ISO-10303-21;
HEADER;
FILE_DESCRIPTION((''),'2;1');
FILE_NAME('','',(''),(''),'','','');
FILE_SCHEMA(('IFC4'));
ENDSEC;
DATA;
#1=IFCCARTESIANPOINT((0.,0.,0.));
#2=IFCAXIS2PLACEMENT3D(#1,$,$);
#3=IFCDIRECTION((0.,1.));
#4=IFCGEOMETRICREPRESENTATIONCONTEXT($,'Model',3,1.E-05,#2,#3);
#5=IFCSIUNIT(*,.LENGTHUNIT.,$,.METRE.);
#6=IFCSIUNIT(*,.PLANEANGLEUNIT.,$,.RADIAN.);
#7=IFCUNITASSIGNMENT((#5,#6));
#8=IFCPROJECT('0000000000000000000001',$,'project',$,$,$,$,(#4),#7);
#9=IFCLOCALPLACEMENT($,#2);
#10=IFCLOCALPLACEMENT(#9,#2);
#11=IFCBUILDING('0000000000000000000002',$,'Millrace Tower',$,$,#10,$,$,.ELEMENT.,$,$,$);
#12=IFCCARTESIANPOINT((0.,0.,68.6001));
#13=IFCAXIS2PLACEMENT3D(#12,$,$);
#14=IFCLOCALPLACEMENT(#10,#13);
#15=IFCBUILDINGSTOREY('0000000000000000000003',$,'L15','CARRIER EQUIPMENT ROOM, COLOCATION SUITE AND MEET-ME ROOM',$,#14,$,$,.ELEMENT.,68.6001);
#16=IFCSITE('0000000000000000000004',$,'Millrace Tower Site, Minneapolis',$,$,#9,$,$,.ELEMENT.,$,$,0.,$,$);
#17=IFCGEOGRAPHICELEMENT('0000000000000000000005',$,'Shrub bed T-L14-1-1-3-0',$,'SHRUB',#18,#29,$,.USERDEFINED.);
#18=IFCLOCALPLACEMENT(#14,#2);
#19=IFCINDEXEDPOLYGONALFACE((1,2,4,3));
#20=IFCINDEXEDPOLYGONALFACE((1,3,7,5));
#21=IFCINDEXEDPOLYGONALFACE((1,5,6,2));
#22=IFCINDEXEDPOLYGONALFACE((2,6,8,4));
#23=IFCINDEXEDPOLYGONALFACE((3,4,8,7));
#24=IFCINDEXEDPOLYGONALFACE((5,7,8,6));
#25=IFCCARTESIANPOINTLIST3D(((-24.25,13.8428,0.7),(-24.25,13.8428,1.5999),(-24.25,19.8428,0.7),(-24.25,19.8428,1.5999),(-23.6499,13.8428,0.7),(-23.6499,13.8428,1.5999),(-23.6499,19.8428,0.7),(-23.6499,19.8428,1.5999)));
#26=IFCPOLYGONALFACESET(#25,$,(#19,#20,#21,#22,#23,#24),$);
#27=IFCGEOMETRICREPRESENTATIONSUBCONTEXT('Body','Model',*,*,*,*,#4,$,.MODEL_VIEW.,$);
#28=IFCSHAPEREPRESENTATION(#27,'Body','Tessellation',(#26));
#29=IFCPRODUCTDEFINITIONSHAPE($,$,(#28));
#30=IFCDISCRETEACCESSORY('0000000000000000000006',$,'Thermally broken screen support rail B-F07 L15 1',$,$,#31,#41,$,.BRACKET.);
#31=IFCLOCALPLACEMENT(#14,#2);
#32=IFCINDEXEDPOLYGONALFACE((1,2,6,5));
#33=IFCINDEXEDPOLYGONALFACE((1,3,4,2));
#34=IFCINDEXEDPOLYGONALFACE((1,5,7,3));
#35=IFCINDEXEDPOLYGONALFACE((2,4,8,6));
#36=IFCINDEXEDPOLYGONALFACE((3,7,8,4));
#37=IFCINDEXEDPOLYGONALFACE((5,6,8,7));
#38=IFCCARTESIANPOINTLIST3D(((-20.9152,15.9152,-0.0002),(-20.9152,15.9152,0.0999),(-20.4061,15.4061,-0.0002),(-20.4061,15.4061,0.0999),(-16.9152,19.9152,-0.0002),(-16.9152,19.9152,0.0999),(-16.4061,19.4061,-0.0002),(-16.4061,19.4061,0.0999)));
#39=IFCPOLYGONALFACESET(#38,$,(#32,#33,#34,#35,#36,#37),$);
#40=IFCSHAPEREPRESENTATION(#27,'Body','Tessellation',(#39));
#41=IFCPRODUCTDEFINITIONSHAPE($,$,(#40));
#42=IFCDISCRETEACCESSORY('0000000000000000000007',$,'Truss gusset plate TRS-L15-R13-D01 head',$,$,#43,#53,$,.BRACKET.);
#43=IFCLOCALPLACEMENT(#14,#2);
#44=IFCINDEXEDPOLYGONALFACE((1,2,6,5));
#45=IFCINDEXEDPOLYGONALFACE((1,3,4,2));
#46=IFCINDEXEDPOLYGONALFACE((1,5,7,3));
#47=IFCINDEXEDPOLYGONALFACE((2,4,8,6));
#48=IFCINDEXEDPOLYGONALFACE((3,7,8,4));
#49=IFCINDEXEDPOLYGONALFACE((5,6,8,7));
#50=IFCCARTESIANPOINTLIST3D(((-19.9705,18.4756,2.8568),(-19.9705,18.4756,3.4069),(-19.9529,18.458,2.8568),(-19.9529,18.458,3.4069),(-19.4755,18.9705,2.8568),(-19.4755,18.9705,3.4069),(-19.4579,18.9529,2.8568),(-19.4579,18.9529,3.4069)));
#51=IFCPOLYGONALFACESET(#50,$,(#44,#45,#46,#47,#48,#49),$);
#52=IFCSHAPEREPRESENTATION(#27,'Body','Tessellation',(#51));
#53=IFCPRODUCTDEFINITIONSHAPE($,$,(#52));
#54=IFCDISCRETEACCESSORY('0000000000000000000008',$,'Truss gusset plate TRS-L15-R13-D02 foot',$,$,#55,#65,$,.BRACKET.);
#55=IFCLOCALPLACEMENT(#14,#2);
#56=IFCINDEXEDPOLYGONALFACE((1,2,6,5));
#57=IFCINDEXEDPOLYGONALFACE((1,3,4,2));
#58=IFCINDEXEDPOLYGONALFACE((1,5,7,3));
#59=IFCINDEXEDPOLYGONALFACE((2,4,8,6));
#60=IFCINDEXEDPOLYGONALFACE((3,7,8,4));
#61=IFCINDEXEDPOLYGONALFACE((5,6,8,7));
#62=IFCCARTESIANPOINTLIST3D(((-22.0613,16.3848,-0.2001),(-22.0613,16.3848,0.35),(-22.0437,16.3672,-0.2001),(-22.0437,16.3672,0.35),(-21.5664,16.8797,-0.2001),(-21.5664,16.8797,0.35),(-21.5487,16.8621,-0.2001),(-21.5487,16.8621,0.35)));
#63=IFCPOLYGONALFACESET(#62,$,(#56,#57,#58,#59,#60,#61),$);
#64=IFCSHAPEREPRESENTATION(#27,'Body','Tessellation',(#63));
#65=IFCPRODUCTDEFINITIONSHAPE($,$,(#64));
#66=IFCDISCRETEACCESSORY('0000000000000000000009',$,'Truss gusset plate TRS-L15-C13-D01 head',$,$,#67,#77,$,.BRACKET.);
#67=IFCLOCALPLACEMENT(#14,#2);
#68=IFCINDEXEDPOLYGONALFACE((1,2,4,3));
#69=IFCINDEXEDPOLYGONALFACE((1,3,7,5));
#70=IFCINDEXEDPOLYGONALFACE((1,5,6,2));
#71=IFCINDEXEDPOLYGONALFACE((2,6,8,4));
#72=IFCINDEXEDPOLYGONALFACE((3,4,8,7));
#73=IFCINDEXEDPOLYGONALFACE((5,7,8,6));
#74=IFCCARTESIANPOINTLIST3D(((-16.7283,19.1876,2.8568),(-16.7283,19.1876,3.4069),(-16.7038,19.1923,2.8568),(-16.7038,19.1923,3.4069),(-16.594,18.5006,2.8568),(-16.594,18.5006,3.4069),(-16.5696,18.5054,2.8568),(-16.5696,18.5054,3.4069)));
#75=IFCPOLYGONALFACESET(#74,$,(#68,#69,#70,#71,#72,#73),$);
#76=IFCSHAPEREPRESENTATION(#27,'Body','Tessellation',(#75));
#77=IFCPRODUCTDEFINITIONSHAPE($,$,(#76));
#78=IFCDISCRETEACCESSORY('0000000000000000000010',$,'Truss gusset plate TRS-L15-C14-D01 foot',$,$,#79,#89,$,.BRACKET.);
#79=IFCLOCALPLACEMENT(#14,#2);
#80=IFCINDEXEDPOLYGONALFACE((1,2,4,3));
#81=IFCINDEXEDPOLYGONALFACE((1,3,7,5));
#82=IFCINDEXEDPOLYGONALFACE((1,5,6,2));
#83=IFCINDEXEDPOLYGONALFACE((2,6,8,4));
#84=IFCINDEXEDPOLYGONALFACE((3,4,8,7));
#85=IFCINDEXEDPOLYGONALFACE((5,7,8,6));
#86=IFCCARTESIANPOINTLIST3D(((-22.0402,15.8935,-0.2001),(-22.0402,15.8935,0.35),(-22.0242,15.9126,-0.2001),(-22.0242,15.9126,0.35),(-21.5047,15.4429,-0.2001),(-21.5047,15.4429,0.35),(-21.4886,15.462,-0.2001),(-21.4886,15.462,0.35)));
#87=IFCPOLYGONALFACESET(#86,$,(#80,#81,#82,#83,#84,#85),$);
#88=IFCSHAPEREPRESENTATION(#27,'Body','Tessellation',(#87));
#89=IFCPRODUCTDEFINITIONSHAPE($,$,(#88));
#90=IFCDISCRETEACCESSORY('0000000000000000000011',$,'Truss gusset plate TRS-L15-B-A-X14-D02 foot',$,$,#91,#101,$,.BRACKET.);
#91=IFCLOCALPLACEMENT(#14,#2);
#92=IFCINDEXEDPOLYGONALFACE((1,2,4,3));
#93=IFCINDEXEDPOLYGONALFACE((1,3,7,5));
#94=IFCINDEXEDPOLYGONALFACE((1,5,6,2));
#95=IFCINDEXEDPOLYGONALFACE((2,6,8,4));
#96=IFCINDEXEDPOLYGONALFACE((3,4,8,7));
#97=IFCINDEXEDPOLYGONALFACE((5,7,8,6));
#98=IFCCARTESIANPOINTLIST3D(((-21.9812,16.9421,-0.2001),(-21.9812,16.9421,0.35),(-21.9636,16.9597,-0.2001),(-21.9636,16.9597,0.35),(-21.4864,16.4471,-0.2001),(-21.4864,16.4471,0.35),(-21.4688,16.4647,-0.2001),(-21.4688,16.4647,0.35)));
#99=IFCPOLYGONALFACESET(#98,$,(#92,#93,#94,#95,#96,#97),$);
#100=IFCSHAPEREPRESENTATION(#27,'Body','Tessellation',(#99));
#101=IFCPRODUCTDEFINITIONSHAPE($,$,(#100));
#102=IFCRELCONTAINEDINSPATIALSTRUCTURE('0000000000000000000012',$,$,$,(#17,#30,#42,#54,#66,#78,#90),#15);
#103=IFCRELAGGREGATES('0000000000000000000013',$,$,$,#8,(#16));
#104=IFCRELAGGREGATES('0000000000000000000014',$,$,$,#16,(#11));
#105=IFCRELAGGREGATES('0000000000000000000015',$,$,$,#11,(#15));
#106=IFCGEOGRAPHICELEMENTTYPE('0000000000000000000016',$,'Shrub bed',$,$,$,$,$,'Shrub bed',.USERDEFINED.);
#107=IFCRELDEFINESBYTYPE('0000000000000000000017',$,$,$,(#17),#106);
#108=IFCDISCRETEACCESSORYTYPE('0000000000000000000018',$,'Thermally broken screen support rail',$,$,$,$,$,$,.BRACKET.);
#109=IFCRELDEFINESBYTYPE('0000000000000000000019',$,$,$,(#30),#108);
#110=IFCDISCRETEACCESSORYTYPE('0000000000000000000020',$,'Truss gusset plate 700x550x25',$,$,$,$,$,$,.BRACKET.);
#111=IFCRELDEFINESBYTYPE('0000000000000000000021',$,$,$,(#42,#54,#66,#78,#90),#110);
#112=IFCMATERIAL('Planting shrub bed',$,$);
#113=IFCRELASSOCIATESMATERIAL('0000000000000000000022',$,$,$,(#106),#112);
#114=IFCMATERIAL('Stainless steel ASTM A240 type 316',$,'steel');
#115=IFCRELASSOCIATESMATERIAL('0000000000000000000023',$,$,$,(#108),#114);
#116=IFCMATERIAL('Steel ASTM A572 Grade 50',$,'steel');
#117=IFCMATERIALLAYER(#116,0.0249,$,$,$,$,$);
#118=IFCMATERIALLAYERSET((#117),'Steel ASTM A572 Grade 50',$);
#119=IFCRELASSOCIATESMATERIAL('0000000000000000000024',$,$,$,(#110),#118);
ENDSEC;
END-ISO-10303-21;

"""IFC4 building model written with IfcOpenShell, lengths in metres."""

from ifc_helpers import new_model, si_unit, direction, frame, origin, origin_2d, place, context, subcontext, project, spatial, rectangle, extrude, material, layer, layer_set, type_object, element, save


model = new_model("IFC4")

# Units and contexts
model_context = context("Model", 3, precision=1e-05, world=origin(), true_north=direction((0.0, 1.0)))
body_context = subcontext(model_context, "Body", "Model", "MODEL_VIEW")
ifc_project = project(units=[si_unit("LENGTHUNIT", "METRE"), si_unit("PLANEANGLEUNIT", "RADIAN")], contexts=[model_context])

# Site, building, storey
site_placement = place(None, origin())
site = spatial("IfcSite", under=ifc_project, at=site_placement, Name="Millrace Tower Site, Minneapolis", CompositionType="ELEMENT", RefElevation=0.0)
building_placement = place(site_placement, origin())
building = spatial("IfcBuilding", under=site, at=building_placement, Name="Millrace Tower", CompositionType="ELEMENT")
storey_placement = place(building_placement, frame((0.0, 0.0, 68.6001)))
storey = spatial("IfcBuildingStorey", under=building, at=storey_placement, Name="L15", Description="CARRIER EQUIPMENT ROOM, COLOCATION SUITE AND MEET-ME ROOM", CompositionType="ELEMENT", Elevation=68.6001)

# Geographic element
ifc_material_1 = material(Name="Planting shrub bed")
geographic_element_type = type_object("IfcGeographicElementType", Name="Shrub bed", ElementType="Shrub bed", PredefinedType="USERDEFINED", material=ifc_material_1)
geographic_element_placement = place(storey_placement, frame((-23.95, 16.8428, 0.7), z_axis=(0.0, 0.0, 1.0), x_axis=(0.0, -1.0, 0.0)))
element("IfcGeographicElement", 1, at=geographic_element_placement, inside=storey, type_object=geographic_element_type, Name="Shrub bed T-L14-1-1-3-0", ObjectType="SHRUB", PredefinedType="USERDEFINED", context=body_context, shape_type="SweptSolid", body=[
    extrude(rectangle(XDim=6.0, YDim=0.6001, at=origin_2d()), origin(), (0.0, 0.0, 1.0), 0.8999),
])

# Discrete accessories
ifc_material_2 = material(Name="Stainless steel ASTM A240 type 316", Category="steel")
discrete_accessory_type_1 = type_object("IfcDiscreteAccessoryType", Name="Thermally broken screen support rail", PredefinedType="BRACKET", material=ifc_material_2)
discrete_accessory_placement = place(storey_placement, frame((-18.6606, 17.6606, -0.0002), z_axis=(0.0, 0.0, 1.0), x_axis=(-0.707107, -0.707107, 0.0)))
element("IfcDiscreteAccessory", 2, at=discrete_accessory_placement, inside=storey, type_object=discrete_accessory_type_1, Name="Thermally broken screen support rail B-F07 L15 1", PredefinedType="BRACKET", context=body_context, shape_type="SweptSolid", body=[
    extrude(rectangle(XDim=5.6567, YDim=0.72, at=origin_2d()), origin(), (0.0, 0.0, 1.0), 0.1001),
])
ifc_material_3 = material(Name="Steel ASTM A572 Grade 50", Category="steel")
ifc_layer_1 = layer(ifc_material_3, 0.0249)
ifc_layer_set_1 = layer_set([ifc_layer_1], Name="Steel ASTM A572 Grade 50")
discrete_accessory_type_2 = type_object("IfcDiscreteAccessoryType", Name="Truss gusset plate 700x550x25", PredefinedType="BRACKET", material=ifc_layer_set_1)
for number, where, z_axis, x_axis, name in (
    (3, (-19.9617, 18.4668, 3.1318), (0.707107, 0.707107, 0.0), (-0.707107, 0.707107, 0.0), "Truss gusset plate TRS-L15-R13-D01 head"),
    (4, (-22.0525, 16.376, 0.075), (0.707107, 0.707107, 0.0), (-0.707107, 0.707107, 0.0), "Truss gusset plate TRS-L15-R13-D02 foot"),
    (5, (-16.7161, 19.1899, 3.1318), (0.191822, -0.98143, 0.0), (0.98143, 0.191822, 0.0), "Truss gusset plate TRS-L15-C13-D01 head"),
    (6, (-22.0322, 15.9031, 0.075), (0.765182, -0.643813, 0.0), (0.643813, 0.765182, 0.0), "Truss gusset plate TRS-L15-C14-D01 foot"),
    (7, (-21.9724, 16.9509, 0.075), (0.706932, -0.707281, 0.0), (0.707281, 0.706932, 0.0), "Truss gusset plate TRS-L15-B-A-X14-D02 foot"),
):
    element("IfcDiscreteAccessory", number, at=place(storey_placement, frame(where, z_axis=z_axis, x_axis=x_axis)), inside=storey, type_object=discrete_accessory_type_2, Name=name, PredefinedType="BRACKET", context=body_context, shape_type="SweptSolid", body=[
        extrude(rectangle(XDim=0.0249, YDim=0.55, at=origin_2d()), origin(), (0.0, 0.0, 1.0), 0.7),
    ])

save(model, "model.ifc")
